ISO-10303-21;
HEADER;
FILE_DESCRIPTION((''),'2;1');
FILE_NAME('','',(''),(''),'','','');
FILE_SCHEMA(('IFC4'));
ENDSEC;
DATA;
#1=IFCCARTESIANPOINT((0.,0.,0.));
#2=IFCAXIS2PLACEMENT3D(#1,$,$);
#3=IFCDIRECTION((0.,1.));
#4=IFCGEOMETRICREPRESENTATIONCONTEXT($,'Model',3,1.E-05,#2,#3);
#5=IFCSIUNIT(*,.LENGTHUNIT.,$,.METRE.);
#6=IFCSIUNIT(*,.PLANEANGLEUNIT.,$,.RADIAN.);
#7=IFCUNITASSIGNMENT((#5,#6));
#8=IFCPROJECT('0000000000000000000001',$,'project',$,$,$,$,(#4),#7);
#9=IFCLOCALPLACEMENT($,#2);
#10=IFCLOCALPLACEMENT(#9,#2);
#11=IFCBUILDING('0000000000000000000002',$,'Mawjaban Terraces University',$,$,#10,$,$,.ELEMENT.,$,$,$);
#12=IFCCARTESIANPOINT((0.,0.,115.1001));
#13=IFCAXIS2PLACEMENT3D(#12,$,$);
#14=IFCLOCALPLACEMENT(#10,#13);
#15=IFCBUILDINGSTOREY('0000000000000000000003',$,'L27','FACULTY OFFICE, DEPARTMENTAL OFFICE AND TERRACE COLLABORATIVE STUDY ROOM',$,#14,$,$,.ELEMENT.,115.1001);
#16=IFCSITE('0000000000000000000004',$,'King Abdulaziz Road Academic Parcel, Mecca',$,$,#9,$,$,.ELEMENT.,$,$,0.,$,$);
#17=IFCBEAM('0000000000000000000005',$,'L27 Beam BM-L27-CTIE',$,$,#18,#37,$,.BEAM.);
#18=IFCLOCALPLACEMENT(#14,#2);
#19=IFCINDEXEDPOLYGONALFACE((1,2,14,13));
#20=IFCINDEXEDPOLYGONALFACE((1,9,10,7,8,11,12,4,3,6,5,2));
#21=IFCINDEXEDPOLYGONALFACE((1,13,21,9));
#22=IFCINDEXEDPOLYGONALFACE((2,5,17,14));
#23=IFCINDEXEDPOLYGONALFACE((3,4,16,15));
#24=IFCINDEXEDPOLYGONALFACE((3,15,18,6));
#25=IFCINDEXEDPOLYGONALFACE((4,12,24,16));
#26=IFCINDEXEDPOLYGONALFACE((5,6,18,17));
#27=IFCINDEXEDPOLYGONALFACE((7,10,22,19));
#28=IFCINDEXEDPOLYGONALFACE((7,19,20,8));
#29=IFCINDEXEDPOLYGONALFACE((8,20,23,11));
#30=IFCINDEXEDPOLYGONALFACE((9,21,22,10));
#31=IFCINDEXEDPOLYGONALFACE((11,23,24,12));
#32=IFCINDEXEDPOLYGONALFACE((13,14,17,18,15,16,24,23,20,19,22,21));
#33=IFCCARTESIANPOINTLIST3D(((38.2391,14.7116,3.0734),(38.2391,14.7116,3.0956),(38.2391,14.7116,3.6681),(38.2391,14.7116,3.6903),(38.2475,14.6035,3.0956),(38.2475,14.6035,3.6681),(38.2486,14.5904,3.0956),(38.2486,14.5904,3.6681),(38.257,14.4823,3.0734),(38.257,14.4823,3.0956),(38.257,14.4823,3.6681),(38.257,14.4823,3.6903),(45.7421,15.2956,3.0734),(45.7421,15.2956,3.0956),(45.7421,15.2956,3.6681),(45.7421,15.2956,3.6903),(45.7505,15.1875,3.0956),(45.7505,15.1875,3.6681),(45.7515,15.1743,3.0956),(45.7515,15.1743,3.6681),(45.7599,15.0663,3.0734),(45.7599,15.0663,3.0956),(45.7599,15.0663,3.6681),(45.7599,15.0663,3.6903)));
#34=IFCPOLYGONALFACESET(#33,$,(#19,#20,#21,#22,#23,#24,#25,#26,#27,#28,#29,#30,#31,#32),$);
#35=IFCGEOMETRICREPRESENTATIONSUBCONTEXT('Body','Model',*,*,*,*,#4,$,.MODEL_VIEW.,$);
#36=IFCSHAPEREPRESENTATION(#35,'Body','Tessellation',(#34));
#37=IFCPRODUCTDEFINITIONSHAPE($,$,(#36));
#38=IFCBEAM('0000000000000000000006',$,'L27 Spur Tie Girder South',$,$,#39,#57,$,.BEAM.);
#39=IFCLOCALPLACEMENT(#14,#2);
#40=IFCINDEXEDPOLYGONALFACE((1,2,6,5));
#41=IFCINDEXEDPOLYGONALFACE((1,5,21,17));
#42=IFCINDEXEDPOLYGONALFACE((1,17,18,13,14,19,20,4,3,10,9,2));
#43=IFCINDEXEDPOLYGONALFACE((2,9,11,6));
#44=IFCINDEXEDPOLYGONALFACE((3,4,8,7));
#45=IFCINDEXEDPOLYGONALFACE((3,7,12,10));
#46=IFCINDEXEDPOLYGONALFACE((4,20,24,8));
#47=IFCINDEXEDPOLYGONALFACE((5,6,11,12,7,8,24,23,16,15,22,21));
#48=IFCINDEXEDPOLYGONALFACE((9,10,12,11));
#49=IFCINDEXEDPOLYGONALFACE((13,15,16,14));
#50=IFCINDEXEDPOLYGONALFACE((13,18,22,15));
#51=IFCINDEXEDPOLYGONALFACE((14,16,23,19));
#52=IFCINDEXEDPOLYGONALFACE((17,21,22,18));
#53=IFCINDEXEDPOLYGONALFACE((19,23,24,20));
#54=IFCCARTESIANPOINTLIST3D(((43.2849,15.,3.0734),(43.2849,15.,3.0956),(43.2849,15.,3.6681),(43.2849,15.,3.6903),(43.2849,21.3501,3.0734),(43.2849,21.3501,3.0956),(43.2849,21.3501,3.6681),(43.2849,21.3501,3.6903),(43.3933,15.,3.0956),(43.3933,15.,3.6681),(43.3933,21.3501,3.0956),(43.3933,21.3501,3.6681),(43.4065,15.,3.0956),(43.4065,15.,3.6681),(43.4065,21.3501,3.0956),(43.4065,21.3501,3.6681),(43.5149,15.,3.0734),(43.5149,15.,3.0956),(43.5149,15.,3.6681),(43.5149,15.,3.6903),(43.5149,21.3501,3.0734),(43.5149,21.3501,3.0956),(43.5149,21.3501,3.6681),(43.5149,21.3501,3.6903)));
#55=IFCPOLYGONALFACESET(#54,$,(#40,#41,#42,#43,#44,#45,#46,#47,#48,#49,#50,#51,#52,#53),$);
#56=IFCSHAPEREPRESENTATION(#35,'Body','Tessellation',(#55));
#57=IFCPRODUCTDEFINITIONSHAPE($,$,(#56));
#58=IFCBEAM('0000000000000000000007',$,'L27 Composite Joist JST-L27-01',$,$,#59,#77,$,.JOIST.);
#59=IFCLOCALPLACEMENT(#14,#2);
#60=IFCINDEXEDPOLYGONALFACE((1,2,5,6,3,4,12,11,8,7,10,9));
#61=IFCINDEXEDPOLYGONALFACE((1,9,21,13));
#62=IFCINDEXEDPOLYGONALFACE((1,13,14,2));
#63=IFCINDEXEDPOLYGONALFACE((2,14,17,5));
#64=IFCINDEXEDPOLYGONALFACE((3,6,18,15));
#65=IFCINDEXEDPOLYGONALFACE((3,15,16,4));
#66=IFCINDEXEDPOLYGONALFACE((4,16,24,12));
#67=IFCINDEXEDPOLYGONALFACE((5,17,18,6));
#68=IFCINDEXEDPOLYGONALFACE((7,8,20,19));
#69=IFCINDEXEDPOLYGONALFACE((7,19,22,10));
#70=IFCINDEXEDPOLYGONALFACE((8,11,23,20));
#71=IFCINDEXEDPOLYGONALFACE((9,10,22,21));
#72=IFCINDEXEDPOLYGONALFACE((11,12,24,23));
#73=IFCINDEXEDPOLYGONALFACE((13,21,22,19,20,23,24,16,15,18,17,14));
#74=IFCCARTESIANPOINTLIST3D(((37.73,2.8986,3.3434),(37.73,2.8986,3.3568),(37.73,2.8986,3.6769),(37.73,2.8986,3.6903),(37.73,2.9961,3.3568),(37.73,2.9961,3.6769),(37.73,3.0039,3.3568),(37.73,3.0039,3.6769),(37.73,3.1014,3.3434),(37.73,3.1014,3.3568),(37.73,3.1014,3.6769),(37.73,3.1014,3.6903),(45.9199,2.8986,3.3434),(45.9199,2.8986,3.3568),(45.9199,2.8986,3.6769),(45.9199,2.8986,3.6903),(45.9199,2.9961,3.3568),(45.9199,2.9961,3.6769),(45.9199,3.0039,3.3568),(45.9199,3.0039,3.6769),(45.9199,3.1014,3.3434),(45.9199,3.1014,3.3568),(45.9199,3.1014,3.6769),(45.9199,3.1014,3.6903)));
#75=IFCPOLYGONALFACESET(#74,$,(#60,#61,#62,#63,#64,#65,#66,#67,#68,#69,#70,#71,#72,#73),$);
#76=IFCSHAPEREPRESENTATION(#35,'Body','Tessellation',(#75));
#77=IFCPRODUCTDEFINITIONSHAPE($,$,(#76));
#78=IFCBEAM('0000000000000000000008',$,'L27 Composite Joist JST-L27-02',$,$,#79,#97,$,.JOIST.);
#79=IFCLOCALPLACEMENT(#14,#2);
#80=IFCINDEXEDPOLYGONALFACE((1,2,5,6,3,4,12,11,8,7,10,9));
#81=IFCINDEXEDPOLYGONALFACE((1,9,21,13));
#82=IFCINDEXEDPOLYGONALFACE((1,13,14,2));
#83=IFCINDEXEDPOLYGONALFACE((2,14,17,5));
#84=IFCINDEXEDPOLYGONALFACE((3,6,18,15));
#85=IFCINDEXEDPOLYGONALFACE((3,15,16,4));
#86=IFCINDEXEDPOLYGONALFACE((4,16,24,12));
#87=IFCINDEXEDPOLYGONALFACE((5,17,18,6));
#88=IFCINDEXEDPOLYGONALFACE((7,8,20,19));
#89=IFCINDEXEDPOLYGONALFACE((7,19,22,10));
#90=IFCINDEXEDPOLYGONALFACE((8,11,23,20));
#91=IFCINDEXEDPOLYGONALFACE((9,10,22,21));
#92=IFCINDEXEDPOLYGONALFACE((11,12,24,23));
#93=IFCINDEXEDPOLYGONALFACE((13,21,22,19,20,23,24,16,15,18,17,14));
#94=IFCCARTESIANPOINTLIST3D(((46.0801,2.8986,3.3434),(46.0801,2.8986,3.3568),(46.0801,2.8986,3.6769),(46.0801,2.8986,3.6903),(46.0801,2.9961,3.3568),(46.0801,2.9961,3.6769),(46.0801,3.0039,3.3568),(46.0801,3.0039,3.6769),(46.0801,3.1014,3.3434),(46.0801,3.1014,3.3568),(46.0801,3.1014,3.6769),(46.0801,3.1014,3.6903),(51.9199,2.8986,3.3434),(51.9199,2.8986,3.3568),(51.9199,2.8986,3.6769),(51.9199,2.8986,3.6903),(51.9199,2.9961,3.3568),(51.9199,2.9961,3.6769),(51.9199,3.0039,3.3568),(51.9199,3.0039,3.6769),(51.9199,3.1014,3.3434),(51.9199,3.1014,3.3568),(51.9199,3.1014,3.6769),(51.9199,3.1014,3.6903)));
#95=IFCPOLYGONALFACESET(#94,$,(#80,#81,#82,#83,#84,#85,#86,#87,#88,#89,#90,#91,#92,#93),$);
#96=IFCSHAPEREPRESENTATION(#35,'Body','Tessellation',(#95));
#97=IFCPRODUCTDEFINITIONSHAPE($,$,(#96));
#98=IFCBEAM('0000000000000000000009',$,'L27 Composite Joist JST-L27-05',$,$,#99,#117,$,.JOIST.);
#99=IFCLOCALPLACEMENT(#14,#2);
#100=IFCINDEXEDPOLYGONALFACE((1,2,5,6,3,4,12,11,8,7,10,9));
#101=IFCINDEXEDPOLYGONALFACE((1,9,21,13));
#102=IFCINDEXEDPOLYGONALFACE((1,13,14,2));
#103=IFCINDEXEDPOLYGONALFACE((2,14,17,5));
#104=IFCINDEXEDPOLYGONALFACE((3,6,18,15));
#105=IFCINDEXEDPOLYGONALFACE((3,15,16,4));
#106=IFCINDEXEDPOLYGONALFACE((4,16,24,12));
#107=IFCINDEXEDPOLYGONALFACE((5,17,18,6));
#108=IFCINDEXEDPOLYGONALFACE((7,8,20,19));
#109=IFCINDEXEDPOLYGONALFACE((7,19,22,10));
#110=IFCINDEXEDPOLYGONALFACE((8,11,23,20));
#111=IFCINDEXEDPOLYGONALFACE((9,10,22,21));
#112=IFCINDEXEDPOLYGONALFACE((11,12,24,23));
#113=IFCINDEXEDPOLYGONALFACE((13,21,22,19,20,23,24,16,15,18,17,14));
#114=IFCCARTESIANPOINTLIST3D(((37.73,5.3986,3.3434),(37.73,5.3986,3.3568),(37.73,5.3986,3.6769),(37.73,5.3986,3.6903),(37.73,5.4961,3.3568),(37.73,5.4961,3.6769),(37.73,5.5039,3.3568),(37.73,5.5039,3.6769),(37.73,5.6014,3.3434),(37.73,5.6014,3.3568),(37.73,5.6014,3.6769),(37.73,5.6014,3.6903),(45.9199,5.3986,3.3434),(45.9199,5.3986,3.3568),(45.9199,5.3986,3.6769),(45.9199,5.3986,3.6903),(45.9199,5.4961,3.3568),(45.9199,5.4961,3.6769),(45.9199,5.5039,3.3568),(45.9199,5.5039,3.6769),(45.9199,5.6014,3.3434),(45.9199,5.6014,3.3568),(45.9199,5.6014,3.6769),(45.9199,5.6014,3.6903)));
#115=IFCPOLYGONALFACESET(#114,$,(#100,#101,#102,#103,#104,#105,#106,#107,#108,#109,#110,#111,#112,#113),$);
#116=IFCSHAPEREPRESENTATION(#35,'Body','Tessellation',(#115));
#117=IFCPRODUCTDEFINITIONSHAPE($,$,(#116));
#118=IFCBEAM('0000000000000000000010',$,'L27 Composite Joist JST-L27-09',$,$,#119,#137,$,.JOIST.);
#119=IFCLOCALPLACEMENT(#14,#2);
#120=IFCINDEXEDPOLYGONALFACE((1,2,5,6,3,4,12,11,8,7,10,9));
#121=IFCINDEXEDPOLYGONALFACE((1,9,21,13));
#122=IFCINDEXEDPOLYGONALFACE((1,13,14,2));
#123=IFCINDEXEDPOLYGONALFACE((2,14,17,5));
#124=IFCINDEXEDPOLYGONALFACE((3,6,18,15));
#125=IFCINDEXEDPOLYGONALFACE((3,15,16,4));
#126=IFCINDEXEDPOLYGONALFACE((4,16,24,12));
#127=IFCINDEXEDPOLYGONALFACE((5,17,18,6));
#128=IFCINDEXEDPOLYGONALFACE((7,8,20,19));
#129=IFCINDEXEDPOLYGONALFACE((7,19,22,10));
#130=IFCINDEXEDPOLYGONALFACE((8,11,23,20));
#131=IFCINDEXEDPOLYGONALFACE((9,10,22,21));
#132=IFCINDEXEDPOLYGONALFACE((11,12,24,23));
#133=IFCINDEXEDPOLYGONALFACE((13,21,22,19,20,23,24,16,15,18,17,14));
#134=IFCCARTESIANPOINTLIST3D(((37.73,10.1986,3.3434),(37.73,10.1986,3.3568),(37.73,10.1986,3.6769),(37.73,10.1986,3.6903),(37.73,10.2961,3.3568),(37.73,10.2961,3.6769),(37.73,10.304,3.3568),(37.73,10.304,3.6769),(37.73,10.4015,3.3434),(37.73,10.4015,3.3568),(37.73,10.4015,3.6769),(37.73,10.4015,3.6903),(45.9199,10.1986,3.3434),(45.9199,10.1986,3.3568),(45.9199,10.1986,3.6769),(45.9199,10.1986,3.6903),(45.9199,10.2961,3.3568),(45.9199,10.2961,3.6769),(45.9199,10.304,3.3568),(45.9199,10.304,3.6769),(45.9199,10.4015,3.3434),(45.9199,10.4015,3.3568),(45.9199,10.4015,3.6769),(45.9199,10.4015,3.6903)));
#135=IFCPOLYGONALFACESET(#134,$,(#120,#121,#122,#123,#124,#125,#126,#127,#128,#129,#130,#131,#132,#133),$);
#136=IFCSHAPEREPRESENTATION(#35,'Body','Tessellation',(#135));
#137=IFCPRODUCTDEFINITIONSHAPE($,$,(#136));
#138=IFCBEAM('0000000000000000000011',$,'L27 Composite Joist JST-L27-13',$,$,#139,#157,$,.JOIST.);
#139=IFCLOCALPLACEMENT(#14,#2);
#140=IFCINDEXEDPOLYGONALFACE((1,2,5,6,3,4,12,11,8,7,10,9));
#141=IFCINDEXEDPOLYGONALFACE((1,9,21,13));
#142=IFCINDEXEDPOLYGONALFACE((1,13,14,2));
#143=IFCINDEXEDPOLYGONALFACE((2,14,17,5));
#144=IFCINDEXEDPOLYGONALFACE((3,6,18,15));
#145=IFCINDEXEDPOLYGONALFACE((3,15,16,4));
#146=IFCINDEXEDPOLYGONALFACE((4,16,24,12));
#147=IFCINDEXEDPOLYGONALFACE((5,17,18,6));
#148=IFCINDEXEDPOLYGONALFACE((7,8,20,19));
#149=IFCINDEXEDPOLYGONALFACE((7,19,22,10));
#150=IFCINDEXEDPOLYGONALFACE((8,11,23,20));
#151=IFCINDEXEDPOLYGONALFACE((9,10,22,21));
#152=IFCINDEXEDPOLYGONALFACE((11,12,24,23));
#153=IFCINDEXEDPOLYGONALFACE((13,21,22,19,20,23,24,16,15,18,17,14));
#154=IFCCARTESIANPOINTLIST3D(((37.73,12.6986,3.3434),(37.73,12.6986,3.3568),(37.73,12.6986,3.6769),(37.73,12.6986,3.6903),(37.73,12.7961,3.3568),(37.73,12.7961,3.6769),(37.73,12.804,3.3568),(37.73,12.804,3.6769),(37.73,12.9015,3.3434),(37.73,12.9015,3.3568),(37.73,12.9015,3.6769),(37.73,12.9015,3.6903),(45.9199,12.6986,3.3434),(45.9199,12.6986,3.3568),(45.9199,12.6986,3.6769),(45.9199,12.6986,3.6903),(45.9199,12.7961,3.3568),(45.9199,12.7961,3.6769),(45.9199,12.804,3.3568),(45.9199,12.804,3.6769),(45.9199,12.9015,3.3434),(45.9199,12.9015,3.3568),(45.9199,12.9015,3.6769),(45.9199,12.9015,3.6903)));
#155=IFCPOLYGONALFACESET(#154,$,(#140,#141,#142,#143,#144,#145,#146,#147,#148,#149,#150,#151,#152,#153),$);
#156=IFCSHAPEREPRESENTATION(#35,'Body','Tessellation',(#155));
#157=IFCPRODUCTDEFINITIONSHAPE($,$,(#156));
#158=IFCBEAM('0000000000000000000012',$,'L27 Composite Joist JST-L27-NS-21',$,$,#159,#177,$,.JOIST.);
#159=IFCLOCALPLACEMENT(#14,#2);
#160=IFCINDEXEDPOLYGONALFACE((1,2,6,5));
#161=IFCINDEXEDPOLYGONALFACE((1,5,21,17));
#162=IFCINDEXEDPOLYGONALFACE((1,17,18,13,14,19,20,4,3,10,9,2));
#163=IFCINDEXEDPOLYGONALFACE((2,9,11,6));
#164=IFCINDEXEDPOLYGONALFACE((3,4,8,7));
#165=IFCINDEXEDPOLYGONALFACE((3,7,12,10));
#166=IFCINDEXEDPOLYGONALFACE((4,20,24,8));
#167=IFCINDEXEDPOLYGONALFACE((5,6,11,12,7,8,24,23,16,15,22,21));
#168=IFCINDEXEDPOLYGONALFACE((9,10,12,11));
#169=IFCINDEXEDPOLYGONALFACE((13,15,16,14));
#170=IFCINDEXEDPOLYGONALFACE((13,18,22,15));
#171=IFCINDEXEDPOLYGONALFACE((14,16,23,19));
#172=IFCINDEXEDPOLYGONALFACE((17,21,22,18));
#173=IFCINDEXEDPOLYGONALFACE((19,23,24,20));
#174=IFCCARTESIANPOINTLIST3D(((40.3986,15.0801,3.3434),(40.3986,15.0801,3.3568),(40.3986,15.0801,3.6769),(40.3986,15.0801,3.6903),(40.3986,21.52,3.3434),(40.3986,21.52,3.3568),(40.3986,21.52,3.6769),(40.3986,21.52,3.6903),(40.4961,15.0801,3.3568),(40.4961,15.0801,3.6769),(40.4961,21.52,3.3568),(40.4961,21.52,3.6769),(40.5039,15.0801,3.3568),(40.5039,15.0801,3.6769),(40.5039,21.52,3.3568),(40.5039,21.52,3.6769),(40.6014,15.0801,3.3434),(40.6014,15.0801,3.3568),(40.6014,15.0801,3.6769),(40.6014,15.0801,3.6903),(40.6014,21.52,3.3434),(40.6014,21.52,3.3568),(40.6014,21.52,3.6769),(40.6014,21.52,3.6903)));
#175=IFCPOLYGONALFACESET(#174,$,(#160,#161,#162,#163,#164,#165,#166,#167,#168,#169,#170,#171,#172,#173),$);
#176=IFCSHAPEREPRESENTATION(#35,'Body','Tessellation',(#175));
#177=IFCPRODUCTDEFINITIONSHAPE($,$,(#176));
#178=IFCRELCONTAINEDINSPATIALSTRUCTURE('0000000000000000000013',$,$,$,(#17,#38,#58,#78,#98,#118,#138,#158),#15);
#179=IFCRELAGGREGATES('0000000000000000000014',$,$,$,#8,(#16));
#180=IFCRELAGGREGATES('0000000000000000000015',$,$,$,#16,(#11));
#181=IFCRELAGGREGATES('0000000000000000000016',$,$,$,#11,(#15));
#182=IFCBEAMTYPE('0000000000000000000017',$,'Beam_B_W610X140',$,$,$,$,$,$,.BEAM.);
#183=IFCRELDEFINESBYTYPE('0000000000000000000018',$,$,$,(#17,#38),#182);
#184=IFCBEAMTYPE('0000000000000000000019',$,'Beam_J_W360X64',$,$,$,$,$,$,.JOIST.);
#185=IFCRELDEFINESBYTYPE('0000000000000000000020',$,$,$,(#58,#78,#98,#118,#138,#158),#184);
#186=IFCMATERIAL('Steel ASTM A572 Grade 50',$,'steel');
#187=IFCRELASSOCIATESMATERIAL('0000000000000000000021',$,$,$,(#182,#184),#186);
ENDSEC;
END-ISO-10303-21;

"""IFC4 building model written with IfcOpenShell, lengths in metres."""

from ifc_helpers import new_model, si_unit, direction, frame, origin, origin_2d, place, context, subcontext, project, spatial, i_section, extrude, material, material_profile, profile_set, type_object, element, save


model = new_model("IFC4")

# Units and contexts
model_context = context("Model", 3, precision=1e-05, world=origin(), true_north=direction((0.0, 1.0)))
body_context = subcontext(model_context, "Body", "Model", "MODEL_VIEW")
ifc_project = project(units=[si_unit("LENGTHUNIT", "METRE"), si_unit("PLANEANGLEUNIT", "RADIAN")], contexts=[model_context])

# Site, building, storey
site_placement = place(None, origin())
site = spatial("IfcSite", under=ifc_project, at=site_placement, Name="King Abdulaziz Road Academic Parcel, Mecca", CompositionType="ELEMENT", RefElevation=0.0)
building_placement = place(site_placement, origin())
building = spatial("IfcBuilding", under=site, at=building_placement, Name="Mawjaban Terraces University", CompositionType="ELEMENT")
storey_placement = place(building_placement, frame((0.0, 0.0, 115.1001)))
storey = spatial("IfcBuildingStorey", under=building, at=storey_placement, Name="L27", Description="FACULTY OFFICE, DEPARTMENTAL OFFICE AND TERRACE COLLABORATIVE STUDY ROOM", CompositionType="ELEMENT", Elevation=115.1001)

# Beams
ifc_material_1 = material(Name="Steel ASTM A572 Grade 50", Category="steel")
ifc_material_profile_1 = material_profile(ifc_material_1, i_section(OverallWidth=0.23, OverallDepth=0.6169, WebThickness=0.0132, FlangeThickness=0.0222, at=origin_2d()), Name="W610X140")
ifc_profile_set_1 = profile_set([ifc_material_profile_1], Name="Steel ASTM A572 Grade 50")
beam_type_1 = type_object("IfcBeamType", Name="Beam_B_W610X140", PredefinedType="BEAM", material=ifc_profile_set_1)
beam_1_placement = place(storey_placement, frame((38.248, 14.5969, 3.3818), z_axis=(0.996985, 0.077599, 0.0), x_axis=(-0.077599, 0.996985, 0.0)))
element("IfcBeam", 1, at=beam_1_placement, inside=storey, type_object=beam_type_1, Name="L27 Beam BM-L27-CTIE", PredefinedType="BEAM", context=body_context, shape_type="SweptSolid", body=[
    extrude(i_section(OverallWidth=0.23, OverallDepth=0.6169, WebThickness=0.0132, FlangeThickness=0.0222, at=origin_2d()), origin(), (0.0, 0.0, 1.0), 7.5256),
])
beam_2_placement = place(storey_placement, frame((43.3999, 15.0, 3.3818), z_axis=(0.0, 1.0, 0.0), x_axis=(-1.0, 0.0, 0.0)))
element("IfcBeam", 2, at=beam_2_placement, inside=storey, type_object=beam_type_1, Name="L27 Spur Tie Girder South", PredefinedType="BEAM", context=body_context, shape_type="SweptSolid", body=[
    extrude(i_section(OverallWidth=0.23, OverallDepth=0.6169, WebThickness=0.0132, FlangeThickness=0.0222, at=origin_2d()), origin(), (0.0, 0.0, 1.0), 6.3501),
])
ifc_material_profile_2 = material_profile(ifc_material_1, i_section(OverallWidth=0.2029, OverallDepth=0.3469, WebThickness=0.0078, FlangeThickness=0.0134, at=origin_2d()), Name="W360X64")
ifc_profile_set_2 = profile_set([ifc_material_profile_2], Name="Steel ASTM A572 Grade 50")
beam_type_2 = type_object("IfcBeamType", Name="Beam_J_W360X64", PredefinedType="JOIST", material=ifc_profile_set_2)
beam_3_placement = place(storey_placement, frame((37.73, 3.0, 3.5168), z_axis=(1.0, 0.0, 0.0), x_axis=(0.0, 1.0, 0.0)))
element("IfcBeam", 3, at=beam_3_placement, inside=storey, type_object=beam_type_2, Name="L27 Composite Joist JST-L27-01", PredefinedType="JOIST", context=body_context, shape_type="SweptSolid", body=[
    extrude(i_section(OverallWidth=0.2029, OverallDepth=0.3469, WebThickness=0.0078, FlangeThickness=0.0134, at=origin_2d()), origin(), (0.0, 0.0, 1.0), 8.1899),
])
beam_4_placement = place(storey_placement, frame((46.0801, 3.0, 3.5168), z_axis=(1.0, 0.0, 0.0), x_axis=(0.0, 1.0, 0.0)))
element("IfcBeam", 4, at=beam_4_placement, inside=storey, type_object=beam_type_2, Name="L27 Composite Joist JST-L27-02", PredefinedType="JOIST", context=body_context, shape_type="SweptSolid", body=[
    extrude(i_section(OverallWidth=0.2029, OverallDepth=0.3469, WebThickness=0.0078, FlangeThickness=0.0134, at=origin_2d()), origin(), (0.0, 0.0, 1.0), 5.8398),
])
for number, where, z_axis, x_axis, name in (
    (5, (37.73, 5.5, 3.5168), (1.0, 0.0, 0.0), (0.0, 1.0, 0.0), "L27 Composite Joist JST-L27-05"),
    (6, (37.73, 10.3, 3.5168), (1.0, 0.0, 0.0), (0.0, 1.0, 0.0), "L27 Composite Joist JST-L27-09"),
    (7, (37.73, 12.8, 3.5168), (1.0, 0.0, 0.0), (0.0, 1.0, 0.0), "L27 Composite Joist JST-L27-13"),
):
    element("IfcBeam", number, at=place(storey_placement, frame(where, z_axis=z_axis, x_axis=x_axis)), inside=storey, type_object=beam_type_2, Name=name, PredefinedType="JOIST", context=body_context, shape_type="SweptSolid", body=[
        extrude(i_section(OverallWidth=0.2029, OverallDepth=0.3469, WebThickness=0.0078, FlangeThickness=0.0134, at=origin_2d()), origin(), (0.0, 0.0, 1.0), 8.1899),
    ])
beam_5_placement = place(storey_placement, frame((40.5, 15.0801, 3.5168), z_axis=(0.0, 1.0, 0.0), x_axis=(-1.0, 0.0, 0.0)))
element("IfcBeam", 8, at=beam_5_placement, inside=storey, type_object=beam_type_2, Name="L27 Composite Joist JST-L27-NS-21", PredefinedType="JOIST", context=body_context, shape_type="SweptSolid", body=[
    extrude(i_section(OverallWidth=0.2029, OverallDepth=0.3469, WebThickness=0.0078, FlangeThickness=0.0134, at=origin_2d()), origin(), (0.0, 0.0, 1.0), 6.4399),
])

save(model, "model.ifc")
